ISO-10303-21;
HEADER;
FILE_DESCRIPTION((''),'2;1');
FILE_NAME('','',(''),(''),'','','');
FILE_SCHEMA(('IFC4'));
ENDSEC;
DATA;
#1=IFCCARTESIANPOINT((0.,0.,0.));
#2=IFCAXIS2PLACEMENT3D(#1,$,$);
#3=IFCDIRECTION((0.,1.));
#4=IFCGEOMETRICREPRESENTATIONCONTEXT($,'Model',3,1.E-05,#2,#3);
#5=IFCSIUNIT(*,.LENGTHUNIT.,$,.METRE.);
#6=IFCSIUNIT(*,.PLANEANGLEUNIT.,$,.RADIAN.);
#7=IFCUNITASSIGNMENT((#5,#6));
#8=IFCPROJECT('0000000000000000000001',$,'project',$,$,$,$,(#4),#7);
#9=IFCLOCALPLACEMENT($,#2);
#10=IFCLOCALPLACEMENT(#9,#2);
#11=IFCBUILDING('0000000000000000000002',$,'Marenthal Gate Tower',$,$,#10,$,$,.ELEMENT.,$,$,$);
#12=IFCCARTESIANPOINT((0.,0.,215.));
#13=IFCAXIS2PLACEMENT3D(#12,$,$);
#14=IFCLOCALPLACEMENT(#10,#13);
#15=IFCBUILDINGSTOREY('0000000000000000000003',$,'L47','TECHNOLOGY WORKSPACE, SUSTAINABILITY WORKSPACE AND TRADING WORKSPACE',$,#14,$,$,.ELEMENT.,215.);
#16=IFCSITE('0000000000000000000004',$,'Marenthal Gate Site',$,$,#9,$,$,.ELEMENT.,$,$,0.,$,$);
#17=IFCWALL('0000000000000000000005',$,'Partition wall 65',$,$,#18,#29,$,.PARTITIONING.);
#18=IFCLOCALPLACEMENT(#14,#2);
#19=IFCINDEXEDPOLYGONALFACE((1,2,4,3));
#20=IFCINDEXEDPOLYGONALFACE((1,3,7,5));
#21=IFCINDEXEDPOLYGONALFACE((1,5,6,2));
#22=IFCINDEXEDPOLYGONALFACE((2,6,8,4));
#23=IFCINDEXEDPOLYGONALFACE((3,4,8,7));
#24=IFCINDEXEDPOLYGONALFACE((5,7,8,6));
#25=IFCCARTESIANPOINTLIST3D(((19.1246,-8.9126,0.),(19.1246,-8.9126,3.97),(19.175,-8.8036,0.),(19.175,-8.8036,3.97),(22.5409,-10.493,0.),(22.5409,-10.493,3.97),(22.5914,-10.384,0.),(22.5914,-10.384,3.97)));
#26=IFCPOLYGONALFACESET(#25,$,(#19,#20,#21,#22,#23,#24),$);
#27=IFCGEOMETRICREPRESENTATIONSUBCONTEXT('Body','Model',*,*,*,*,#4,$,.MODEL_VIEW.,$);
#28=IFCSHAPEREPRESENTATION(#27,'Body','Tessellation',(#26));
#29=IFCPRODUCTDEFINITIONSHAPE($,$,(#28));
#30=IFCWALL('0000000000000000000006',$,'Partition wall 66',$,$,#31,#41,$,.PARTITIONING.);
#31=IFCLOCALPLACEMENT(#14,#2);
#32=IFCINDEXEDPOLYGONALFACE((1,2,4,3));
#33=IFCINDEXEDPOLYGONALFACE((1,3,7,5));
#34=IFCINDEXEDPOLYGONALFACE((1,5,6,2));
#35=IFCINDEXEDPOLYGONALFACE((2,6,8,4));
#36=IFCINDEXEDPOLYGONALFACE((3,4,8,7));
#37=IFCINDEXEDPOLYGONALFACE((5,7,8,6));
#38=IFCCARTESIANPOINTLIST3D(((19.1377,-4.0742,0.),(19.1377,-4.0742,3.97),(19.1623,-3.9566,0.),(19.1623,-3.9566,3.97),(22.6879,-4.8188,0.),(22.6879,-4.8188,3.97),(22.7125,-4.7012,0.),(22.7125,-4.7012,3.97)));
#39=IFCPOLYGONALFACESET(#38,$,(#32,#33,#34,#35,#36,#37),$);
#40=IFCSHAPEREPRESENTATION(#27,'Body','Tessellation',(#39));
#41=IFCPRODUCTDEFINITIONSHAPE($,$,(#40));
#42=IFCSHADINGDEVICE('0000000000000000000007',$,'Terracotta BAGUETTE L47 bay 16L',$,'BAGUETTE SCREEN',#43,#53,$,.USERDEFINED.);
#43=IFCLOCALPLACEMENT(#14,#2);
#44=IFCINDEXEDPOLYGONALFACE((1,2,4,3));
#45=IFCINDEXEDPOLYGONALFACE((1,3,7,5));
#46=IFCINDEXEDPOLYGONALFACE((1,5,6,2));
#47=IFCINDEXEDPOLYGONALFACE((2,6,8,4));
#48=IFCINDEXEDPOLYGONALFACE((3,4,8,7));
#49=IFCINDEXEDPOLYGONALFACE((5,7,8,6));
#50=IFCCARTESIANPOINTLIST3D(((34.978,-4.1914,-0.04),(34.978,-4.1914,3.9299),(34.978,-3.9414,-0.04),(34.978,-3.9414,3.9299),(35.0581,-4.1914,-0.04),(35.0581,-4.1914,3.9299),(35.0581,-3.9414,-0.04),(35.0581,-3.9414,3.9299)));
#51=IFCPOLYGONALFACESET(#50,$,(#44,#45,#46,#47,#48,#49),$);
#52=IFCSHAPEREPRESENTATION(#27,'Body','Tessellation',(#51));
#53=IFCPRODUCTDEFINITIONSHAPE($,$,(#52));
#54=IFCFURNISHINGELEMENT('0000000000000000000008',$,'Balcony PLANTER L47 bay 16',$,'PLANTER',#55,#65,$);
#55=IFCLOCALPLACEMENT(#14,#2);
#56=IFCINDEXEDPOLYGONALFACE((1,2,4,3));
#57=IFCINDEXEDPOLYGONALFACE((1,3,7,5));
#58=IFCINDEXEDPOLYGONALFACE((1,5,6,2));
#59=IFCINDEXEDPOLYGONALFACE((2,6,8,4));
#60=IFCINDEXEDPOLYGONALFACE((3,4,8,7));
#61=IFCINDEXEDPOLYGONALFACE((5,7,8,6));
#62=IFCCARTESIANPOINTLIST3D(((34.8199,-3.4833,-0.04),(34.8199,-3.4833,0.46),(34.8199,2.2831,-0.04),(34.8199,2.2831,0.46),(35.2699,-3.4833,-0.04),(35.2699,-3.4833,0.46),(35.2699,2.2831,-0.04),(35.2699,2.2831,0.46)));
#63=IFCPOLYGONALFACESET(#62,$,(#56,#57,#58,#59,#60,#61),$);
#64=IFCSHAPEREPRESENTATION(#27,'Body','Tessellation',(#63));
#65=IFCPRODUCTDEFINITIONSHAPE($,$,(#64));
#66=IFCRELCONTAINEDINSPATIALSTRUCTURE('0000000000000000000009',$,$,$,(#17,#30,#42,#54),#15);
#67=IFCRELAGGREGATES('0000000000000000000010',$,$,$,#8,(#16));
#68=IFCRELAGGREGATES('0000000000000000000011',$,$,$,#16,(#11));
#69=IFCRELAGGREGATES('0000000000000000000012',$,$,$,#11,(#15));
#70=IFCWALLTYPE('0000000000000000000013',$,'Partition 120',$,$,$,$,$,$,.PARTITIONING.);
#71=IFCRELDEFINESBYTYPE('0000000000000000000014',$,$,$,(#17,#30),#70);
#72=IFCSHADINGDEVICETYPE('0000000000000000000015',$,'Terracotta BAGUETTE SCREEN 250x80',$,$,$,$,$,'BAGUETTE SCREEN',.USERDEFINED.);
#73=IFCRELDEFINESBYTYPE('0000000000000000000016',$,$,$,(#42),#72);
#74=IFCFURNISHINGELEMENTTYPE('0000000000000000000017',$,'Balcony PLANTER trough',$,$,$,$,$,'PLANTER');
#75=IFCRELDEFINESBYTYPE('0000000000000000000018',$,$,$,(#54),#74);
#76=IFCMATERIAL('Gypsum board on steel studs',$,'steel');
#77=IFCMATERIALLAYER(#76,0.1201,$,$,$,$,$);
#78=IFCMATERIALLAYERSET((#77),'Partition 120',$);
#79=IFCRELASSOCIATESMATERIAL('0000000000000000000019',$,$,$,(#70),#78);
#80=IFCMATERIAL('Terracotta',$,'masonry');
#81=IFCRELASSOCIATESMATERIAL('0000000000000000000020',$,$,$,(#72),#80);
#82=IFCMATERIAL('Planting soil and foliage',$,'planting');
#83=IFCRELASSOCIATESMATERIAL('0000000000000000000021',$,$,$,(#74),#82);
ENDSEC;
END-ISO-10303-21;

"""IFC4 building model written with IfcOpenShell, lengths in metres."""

from ifc_helpers import new_model, si_unit, direction, frame, frame_2d, origin, origin_2d, place, context, subcontext, project, spatial, rectangle, extrude, material, layer, layer_set, material_profile, profile_set, type_object, element, save


model = new_model("IFC4")

# Units and contexts
model_context = context("Model", 3, precision=1e-05, world=origin(), true_north=direction((0.0, 1.0)))
body_context = subcontext(model_context, "Body", "Model", "MODEL_VIEW")
ifc_project = project(units=[si_unit("LENGTHUNIT", "METRE"), si_unit("PLANEANGLEUNIT", "RADIAN")], contexts=[model_context])

# Site, building, storey
site_placement = place(None, origin())
site = spatial("IfcSite", under=ifc_project, at=site_placement, Name="Marenthal Gate Site", CompositionType="ELEMENT", RefElevation=0.0)
building_placement = place(site_placement, origin())
building = spatial("IfcBuilding", under=site, at=building_placement, Name="Marenthal Gate Tower", CompositionType="ELEMENT")
storey_placement = place(building_placement, frame((0.0, 0.0, 215.0)))
storey = spatial("IfcBuildingStorey", under=building, at=storey_placement, Name="L47", Description="TECHNOLOGY WORKSPACE, SUSTAINABILITY WORKSPACE AND TRADING WORKSPACE", CompositionType="ELEMENT", Elevation=215.0)

# Walls
ifc_material_1 = material(Name="Gypsum board on steel studs", Category="steel")
ifc_layer_1 = layer(ifc_material_1, 0.1201)
ifc_layer_set_1 = layer_set([ifc_layer_1], Name="Partition 120")
wall_type_1 = type_object("IfcWallType", Name="Partition 120", PredefinedType="PARTITIONING", material=ifc_layer_set_1)
wall_1_placement = place(storey_placement, frame((22.5662, -10.4385, 0.0), z_axis=(0.0, 0.0, 1.0), x_axis=(-0.907596, 0.419844, 0.0)))
element("IfcWall", 1, at=wall_1_placement, inside=storey, type_object=wall_type_1, Name="Partition wall 65", PredefinedType="PARTITIONING", context=body_context, shape_type="SweptSolid", body=[
    extrude(rectangle(XDim=3.7642, YDim=0.1201, at=frame_2d((1.8821, 0.0))), origin(), (0.0, 0.0, 1.0), 3.97),
])
wall_2_placement = place(storey_placement, frame((22.7002, -4.76, 0.0), z_axis=(0.0, 0.0, 1.0), x_axis=(-0.978705, 0.205271, 0.0)))
element("IfcWall", 2, at=wall_2_placement, inside=storey, type_object=wall_type_1, Name="Partition wall 66", PredefinedType="PARTITIONING", context=body_context, shape_type="SweptSolid", body=[
    extrude(rectangle(XDim=3.6274, YDim=0.1201, at=frame_2d((1.8137, 0.0))), origin(), (0.0, 0.0, 1.0), 3.97),
])

# Shading device
ifc_material_2 = material(Name="Terracotta", Category="masonry")
ifc_material_profile_1 = material_profile(ifc_material_2, rectangle(XDim=0.25, YDim=0.0801, at=origin_2d()), Name="Terracotta baguette 250x80")
ifc_profile_set_1 = profile_set([ifc_material_profile_1], Name="Terracotta")
shading_device_type = type_object("IfcShadingDeviceType", Name="Terracotta BAGUETTE SCREEN 250x80", ElementType="BAGUETTE SCREEN", PredefinedType="USERDEFINED", material=ifc_profile_set_1)
shading_device_placement = place(storey_placement, frame((35.0181, -4.0664, -0.04), z_axis=(0.0, 0.0, 1.0), x_axis=(0.0, 1.0, 0.0)))
element("IfcShadingDevice", 3, at=shading_device_placement, inside=storey, type_object=shading_device_type, Name="Terracotta BAGUETTE L47 bay 16L", ObjectType="BAGUETTE SCREEN", PredefinedType="USERDEFINED", context=body_context, shape_type="SweptSolid", body=[
    extrude(rectangle(XDim=0.25, YDim=0.0801, at=origin_2d()), origin(), (0.0, 0.0, 1.0), 3.97),
])

# Furnishing element
ifc_material_3 = material(Name="Planting soil and foliage", Category="planting")
furnishing_element_type = type_object("IfcFurnishingElementType", Name="Balcony PLANTER trough", ElementType="PLANTER", material=ifc_material_3)
furnishing_placement = place(storey_placement, frame((35.0449, -0.6001, -0.04), z_axis=(0.0, 0.0, 1.0), x_axis=(0.0, 1.0, 0.0)))
element("IfcFurnishingElement", 4, at=furnishing_placement, inside=storey, type_object=furnishing_element_type, Name="Balcony PLANTER L47 bay 16", ObjectType="PLANTER", context=body_context, shape_type="SweptSolid", body=[
    extrude(rectangle(XDim=5.7664, YDim=0.45, at=origin_2d()), origin(), (0.0, 0.0, 1.0), 0.5),
])

save(model, "model.ifc")
